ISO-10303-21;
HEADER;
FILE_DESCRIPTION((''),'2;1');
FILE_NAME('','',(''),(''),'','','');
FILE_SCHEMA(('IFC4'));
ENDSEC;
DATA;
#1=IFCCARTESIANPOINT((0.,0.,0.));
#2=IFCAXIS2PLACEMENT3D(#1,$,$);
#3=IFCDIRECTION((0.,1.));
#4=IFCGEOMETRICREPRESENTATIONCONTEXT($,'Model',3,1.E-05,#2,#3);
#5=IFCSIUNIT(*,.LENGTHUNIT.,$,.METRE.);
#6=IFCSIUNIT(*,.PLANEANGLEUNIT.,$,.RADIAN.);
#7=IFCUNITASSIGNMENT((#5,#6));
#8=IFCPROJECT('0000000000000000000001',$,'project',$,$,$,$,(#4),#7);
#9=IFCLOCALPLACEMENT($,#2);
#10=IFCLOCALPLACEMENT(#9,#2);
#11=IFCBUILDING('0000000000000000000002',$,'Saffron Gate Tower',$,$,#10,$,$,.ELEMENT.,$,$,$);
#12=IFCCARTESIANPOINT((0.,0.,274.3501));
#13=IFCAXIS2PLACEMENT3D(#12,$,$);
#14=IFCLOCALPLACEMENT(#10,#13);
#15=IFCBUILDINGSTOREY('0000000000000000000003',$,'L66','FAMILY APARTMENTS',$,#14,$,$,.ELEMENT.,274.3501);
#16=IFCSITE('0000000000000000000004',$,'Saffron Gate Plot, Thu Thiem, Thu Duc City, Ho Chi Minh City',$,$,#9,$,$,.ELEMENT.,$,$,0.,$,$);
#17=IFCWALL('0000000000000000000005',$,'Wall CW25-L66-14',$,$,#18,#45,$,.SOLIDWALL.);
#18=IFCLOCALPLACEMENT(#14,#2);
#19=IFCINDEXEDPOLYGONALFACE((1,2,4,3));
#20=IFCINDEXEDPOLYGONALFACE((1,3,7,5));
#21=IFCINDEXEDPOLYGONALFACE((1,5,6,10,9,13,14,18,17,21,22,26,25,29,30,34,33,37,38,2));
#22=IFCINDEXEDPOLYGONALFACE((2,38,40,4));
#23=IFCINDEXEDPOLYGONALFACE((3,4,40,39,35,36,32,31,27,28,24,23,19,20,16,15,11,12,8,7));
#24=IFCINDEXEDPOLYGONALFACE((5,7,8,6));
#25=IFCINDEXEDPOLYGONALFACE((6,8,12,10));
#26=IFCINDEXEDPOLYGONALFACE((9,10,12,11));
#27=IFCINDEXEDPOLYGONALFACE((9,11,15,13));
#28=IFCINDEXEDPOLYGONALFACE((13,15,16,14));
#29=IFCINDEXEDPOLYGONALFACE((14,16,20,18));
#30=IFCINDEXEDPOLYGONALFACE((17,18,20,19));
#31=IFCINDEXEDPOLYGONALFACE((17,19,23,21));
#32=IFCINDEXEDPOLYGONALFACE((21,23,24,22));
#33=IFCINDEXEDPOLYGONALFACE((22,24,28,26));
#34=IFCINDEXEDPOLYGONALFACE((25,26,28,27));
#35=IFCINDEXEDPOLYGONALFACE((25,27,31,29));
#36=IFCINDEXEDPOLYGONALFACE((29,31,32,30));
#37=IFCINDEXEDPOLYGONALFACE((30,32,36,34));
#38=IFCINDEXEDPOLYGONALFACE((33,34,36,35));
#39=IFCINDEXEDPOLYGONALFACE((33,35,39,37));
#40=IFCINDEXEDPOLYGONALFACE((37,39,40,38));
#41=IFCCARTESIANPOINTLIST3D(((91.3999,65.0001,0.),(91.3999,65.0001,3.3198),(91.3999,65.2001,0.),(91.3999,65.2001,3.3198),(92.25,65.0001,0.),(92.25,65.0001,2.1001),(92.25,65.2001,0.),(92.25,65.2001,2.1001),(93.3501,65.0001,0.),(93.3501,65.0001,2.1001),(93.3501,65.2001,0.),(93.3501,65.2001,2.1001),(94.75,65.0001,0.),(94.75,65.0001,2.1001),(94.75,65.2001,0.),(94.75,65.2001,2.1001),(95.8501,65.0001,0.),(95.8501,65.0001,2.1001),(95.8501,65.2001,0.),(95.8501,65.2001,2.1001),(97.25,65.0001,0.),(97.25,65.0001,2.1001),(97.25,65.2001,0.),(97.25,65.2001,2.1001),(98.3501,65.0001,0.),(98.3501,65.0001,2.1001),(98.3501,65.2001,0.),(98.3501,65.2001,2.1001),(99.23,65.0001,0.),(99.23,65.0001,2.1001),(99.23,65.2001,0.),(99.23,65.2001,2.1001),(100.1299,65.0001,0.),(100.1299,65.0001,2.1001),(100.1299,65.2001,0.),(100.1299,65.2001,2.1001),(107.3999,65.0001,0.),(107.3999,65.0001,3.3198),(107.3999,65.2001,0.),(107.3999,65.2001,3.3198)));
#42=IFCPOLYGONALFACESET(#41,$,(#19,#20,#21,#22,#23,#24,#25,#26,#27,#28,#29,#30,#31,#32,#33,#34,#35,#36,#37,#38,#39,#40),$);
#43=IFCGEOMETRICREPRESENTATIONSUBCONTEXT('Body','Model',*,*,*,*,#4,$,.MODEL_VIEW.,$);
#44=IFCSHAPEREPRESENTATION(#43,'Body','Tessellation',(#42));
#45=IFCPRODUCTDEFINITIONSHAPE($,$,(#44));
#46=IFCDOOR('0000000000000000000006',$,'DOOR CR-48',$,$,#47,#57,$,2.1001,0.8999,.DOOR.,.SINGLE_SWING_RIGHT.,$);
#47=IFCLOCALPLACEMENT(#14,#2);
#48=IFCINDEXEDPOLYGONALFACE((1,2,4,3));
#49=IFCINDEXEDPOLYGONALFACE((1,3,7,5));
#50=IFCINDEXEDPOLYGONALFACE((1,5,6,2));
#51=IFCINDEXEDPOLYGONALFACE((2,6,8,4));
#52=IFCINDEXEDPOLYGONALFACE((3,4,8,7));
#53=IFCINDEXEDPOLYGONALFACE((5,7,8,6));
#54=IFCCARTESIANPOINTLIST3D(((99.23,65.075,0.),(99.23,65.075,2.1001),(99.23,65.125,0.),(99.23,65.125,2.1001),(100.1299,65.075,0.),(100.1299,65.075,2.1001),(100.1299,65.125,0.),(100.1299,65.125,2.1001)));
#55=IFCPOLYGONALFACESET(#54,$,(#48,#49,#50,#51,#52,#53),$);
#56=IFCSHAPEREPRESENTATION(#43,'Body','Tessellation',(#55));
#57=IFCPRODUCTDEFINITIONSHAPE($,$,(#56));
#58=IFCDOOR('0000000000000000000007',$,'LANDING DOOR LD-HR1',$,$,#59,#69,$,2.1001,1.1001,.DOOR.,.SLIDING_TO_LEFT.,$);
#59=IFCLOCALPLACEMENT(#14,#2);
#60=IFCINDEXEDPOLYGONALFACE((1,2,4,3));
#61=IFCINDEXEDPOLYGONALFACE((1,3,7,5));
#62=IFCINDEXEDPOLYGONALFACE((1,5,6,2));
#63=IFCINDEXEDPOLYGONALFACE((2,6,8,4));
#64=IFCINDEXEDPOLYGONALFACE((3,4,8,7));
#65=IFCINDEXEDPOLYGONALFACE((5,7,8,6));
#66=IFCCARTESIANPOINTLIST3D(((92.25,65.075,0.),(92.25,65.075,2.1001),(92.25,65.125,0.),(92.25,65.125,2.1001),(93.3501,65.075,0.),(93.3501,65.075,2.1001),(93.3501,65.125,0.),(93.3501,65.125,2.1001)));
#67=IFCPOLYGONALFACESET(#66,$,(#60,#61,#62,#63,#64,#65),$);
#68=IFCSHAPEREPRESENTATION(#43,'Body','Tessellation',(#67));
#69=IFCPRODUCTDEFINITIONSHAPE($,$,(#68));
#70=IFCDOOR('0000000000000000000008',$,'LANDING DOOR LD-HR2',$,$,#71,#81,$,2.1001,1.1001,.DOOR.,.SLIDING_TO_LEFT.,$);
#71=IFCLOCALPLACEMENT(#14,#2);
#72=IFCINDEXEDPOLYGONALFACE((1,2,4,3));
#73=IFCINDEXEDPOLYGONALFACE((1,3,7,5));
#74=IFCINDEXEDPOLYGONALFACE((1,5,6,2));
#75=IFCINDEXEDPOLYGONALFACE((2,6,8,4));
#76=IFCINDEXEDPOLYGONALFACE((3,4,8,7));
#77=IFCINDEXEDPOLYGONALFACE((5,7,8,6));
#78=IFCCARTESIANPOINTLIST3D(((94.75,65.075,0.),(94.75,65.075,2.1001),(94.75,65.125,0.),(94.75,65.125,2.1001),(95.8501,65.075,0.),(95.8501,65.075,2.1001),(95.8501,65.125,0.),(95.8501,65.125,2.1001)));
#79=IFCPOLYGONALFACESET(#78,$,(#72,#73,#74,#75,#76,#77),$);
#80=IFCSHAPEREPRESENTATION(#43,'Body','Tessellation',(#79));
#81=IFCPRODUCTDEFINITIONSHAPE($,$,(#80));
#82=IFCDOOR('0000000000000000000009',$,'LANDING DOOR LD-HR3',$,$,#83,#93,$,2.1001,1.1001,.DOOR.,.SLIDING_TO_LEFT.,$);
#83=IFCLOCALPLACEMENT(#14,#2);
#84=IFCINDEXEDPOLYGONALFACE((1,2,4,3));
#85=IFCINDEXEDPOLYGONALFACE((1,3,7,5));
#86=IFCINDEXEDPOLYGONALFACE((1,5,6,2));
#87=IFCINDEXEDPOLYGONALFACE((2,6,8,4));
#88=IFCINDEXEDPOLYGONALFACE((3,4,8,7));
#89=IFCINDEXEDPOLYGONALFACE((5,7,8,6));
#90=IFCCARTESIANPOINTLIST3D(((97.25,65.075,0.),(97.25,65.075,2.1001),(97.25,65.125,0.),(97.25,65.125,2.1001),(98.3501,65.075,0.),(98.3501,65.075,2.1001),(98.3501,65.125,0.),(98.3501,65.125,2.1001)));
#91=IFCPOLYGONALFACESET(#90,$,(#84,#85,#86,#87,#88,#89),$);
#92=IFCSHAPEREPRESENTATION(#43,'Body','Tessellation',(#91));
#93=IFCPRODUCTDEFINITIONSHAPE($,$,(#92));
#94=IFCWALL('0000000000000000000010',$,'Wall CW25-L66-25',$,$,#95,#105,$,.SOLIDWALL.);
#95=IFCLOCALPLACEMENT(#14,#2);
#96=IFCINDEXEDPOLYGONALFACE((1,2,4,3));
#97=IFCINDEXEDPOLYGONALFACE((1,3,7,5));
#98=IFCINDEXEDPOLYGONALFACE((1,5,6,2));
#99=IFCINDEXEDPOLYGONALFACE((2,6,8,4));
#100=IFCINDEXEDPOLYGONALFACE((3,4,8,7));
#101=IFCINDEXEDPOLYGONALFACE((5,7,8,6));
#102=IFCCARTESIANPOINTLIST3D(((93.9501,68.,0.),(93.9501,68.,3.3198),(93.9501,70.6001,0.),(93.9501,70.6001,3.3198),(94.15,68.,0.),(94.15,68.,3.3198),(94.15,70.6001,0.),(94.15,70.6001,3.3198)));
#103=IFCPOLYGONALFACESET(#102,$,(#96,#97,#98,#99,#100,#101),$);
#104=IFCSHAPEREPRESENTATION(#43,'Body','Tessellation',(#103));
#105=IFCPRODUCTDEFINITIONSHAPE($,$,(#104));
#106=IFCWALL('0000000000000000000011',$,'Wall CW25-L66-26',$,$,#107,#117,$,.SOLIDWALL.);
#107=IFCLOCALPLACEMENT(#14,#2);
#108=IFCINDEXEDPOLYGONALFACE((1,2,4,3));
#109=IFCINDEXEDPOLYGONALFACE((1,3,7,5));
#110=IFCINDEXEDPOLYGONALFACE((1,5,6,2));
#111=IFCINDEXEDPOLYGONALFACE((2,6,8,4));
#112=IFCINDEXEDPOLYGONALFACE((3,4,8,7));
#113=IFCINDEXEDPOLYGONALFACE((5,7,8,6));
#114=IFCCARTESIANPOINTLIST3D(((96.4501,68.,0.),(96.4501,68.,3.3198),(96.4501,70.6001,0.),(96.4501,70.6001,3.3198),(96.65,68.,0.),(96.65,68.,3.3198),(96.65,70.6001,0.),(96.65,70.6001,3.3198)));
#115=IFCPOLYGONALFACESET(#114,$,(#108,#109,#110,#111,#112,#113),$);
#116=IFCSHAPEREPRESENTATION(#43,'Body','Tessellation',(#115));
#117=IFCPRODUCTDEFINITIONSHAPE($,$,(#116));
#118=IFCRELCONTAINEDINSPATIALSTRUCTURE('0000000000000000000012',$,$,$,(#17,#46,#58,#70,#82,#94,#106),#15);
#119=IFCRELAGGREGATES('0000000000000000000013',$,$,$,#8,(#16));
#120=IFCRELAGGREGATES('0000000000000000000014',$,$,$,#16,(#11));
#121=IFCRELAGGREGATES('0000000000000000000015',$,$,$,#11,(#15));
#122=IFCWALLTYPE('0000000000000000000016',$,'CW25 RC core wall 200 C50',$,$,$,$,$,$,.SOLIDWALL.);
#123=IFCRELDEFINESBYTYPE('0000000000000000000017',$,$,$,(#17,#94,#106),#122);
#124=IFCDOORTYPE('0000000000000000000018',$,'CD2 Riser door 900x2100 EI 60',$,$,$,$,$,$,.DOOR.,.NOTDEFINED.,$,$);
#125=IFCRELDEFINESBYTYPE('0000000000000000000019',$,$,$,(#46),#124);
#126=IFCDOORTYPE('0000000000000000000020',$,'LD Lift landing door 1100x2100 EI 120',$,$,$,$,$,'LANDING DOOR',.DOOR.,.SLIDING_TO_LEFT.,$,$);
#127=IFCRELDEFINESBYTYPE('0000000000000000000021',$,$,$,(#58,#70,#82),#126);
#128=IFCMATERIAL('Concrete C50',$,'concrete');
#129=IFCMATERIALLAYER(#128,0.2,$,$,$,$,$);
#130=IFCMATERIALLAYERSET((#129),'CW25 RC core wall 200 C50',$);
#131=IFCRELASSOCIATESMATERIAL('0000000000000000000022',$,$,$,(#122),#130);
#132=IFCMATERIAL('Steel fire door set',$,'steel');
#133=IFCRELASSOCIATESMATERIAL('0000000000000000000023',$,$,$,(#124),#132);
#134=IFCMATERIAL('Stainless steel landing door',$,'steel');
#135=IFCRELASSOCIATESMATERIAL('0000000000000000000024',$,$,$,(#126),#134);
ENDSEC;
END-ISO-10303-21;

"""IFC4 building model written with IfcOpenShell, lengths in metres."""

from ifc_helpers import new_model, si_unit, direction, frame, frame_2d, origin, place, context, subcontext, project, spatial, rectangle, extrude, material, layer, layer_set, type_object, element, fill, save


model = new_model("IFC4")

# Units and contexts
model_context = context("Model", 3, precision=1e-05, world=origin(), true_north=direction((0.0, 1.0)))
body_context = subcontext(model_context, "Body", "Model", "MODEL_VIEW")
ifc_project = project(units=[si_unit("LENGTHUNIT", "METRE"), si_unit("PLANEANGLEUNIT", "RADIAN")], contexts=[model_context])

# Site, building, storey
site_placement = place(None, origin())
site = spatial("IfcSite", under=ifc_project, at=site_placement, Name="Saffron Gate Plot, Thu Thiem, Thu Duc City, Ho Chi Minh City", CompositionType="ELEMENT", RefElevation=0.0)
building_placement = place(site_placement, origin())
building = spatial("IfcBuilding", under=site, at=building_placement, Name="Saffron Gate Tower", CompositionType="ELEMENT")
storey_placement = place(building_placement, frame((0.0, 0.0, 274.3501)))
storey = spatial("IfcBuildingStorey", under=building, at=storey_placement, Name="L66", Description="FAMILY APARTMENTS", CompositionType="ELEMENT", Elevation=274.3501)

# Shared definitions
ifc_material_1 = material(Name="Concrete C50", Category="concrete")

# Shared definitions
ifc_material_2 = material(Name="Steel fire door set", Category="steel")

# Shared definitions
ifc_layer_1 = layer(ifc_material_1, 0.2)
ifc_layer_set_1 = layer_set([ifc_layer_1], Name="CW25 RC core wall 200 C50")
wall_type_1 = type_object("IfcWallType", Name="CW25 RC core wall 200 C50", PredefinedType="SOLIDWALL", material=ifc_layer_set_1)

# Wall, openings, doors
wall_1_placement = place(storey_placement, frame((91.3999, 65.1001, 0.0), z_axis=(0.0, 0.0, 1.0), x_axis=(1.0, 0.0, 0.0)))
wall_1 = element("IfcWall", 1, at=wall_1_placement, inside=storey, type_object=wall_type_1, Name="Wall CW25-L66-14", PredefinedType="SOLIDWALL", context=body_context, shape_type="SweptSolid", body=[
    extrude(rectangle(XDim=16.0, YDim=0.2, at=frame_2d((8.0, 0.0))), origin(), (0.0, 0.0, 1.0), 3.3198),
])
opening_1_placement = place(wall_1_placement, frame((0.8501, 0.0, 0.0)))
opening_1 = element("IfcOpeningElement", 2, at=opening_1_placement, cuts=wall_1, PredefinedType="OPENING", context=body_context, shape_type="SweptSolid", body=[
    extrude(rectangle(XDim=1.1001, YDim=2.1001, at=frame_2d((0.55, 1.05))), frame((0.0, 0.1099, 0.0), z_axis=(0.0, -1.0, 0.0), x_axis=(1.0, 0.0, 0.0)), (0.0, 0.0, 1.0), 0.22),
])
opening_2_placement = place(wall_1_placement, frame((3.3501, 0.0, 0.0)))
opening_2 = element("IfcOpeningElement", 3, at=opening_2_placement, cuts=wall_1, PredefinedType="OPENING", context=body_context, shape_type="SweptSolid", body=[
    extrude(rectangle(XDim=1.1001, YDim=2.1001, at=frame_2d((0.55, 1.05))), frame((0.0, 0.1099, 0.0), z_axis=(0.0, -1.0, 0.0), x_axis=(1.0, 0.0, 0.0)), (0.0, 0.0, 1.0), 0.22),
])
opening_3_placement = place(wall_1_placement, frame((5.8501, 0.0, 0.0)))
opening_3 = element("IfcOpeningElement", 4, at=opening_3_placement, cuts=wall_1, PredefinedType="OPENING", context=body_context, shape_type="SweptSolid", body=[
    extrude(rectangle(XDim=1.1001, YDim=2.1001, at=frame_2d((0.55, 1.05))), frame((0.0, 0.1099, 0.0), z_axis=(0.0, -1.0, 0.0), x_axis=(1.0, 0.0, 0.0)), (0.0, 0.0, 1.0), 0.22),
])
opening_4_placement = place(wall_1_placement, frame((7.8301, 0.0, 0.0)))
opening_4 = element("IfcOpeningElement", 5, at=opening_4_placement, cuts=wall_1, PredefinedType="OPENING", context=body_context, shape_type="SweptSolid", body=[
    extrude(rectangle(XDim=0.8999, YDim=2.1001, at=frame_2d((0.45, 1.05))), frame((0.0, 0.1099, 0.0), z_axis=(0.0, -1.0, 0.0), x_axis=(1.0, 0.0, 0.0)), (0.0, 0.0, 1.0), 0.22),
])
door_type_1 = type_object("IfcDoorType", Name="CD2 Riser door 900x2100 EI 60", OperationType="NOTDEFINED", PredefinedType="DOOR", material=ifc_material_2)
door_1_placement = place(opening_4_placement, origin())
door_1 = element("IfcDoor", 6, at=door_1_placement, inside=storey, type_object=door_type_1, Name="DOOR CR-48", OperationType="SINGLE_SWING_RIGHT", OverallHeight=2.1001, OverallWidth=0.8999, PredefinedType="DOOR", context=body_context, shape_type="SweptSolid", body=[
    extrude(rectangle(XDim=0.8999, YDim=2.1001, at=frame_2d((0.45, 1.05))), frame((0.0, 0.0249, 0.0), z_axis=(0.0, -1.0, 0.0), x_axis=(1.0, 0.0, 0.0)), (0.0, 0.0, 1.0), 0.05),
])
fill(opening_4, door_1)
ifc_material_3 = material(Name="Stainless steel landing door", Category="steel")
door_type_2 = type_object("IfcDoorType", Name="LD Lift landing door 1100x2100 EI 120", ElementType="LANDING DOOR", OperationType="SLIDING_TO_LEFT", PredefinedType="DOOR", material=ifc_material_3)
door_2_placement = place(opening_1_placement, origin())
door_2 = element("IfcDoor", 7, at=door_2_placement, inside=storey, type_object=door_type_2, Name="LANDING DOOR LD-HR1", OperationType="SLIDING_TO_LEFT", OverallHeight=2.1001, OverallWidth=1.1001, PredefinedType="DOOR", context=body_context, shape_type="SweptSolid", body=[
    extrude(rectangle(XDim=1.1001, YDim=2.1001, at=frame_2d((0.55, 1.05))), frame((0.0, 0.0249, 0.0), z_axis=(0.0, -1.0, 0.0), x_axis=(1.0, 0.0, 0.0)), (0.0, 0.0, 1.0), 0.05),
])
fill(opening_1, door_2)
door_3_placement = place(opening_2_placement, origin())
door_3 = element("IfcDoor", 8, at=door_3_placement, inside=storey, type_object=door_type_2, Name="LANDING DOOR LD-HR2", OperationType="SLIDING_TO_LEFT", OverallHeight=2.1001, OverallWidth=1.1001, PredefinedType="DOOR", context=body_context, shape_type="SweptSolid", body=[
    extrude(rectangle(XDim=1.1001, YDim=2.1001, at=frame_2d((0.55, 1.05))), frame((0.0, 0.0249, 0.0), z_axis=(0.0, -1.0, 0.0), x_axis=(1.0, 0.0, 0.0)), (0.0, 0.0, 1.0), 0.05),
])
fill(opening_2, door_3)
door_4_placement = place(opening_3_placement, origin())
door_4 = element("IfcDoor", 9, at=door_4_placement, inside=storey, type_object=door_type_2, Name="LANDING DOOR LD-HR3", OperationType="SLIDING_TO_LEFT", OverallHeight=2.1001, OverallWidth=1.1001, PredefinedType="DOOR", context=body_context, shape_type="SweptSolid", body=[
    extrude(rectangle(XDim=1.1001, YDim=2.1001, at=frame_2d((0.55, 1.05))), frame((0.0, 0.0249, 0.0), z_axis=(0.0, -1.0, 0.0), x_axis=(1.0, 0.0, 0.0)), (0.0, 0.0, 1.0), 0.05),
])
fill(opening_3, door_4)

# Walls
for number, where, z_axis, x_axis, name in (
    (10, (94.05, 68.0, 0.0), (0.0, 0.0, 1.0), (0.0, 1.0, 0.0), "Wall CW25-L66-25"),
    (11, (96.55, 68.0, 0.0), (0.0, 0.0, 1.0), (0.0, 1.0, 0.0), "Wall CW25-L66-26"),
):
    element("IfcWall", number, at=place(storey_placement, frame(where, z_axis=z_axis, x_axis=x_axis)), inside=storey, type_object=wall_type_1, Name=name, PredefinedType="SOLIDWALL", context=body_context, shape_type="SweptSolid", body=[
        extrude(rectangle(XDim=2.6001, YDim=0.2, at=frame_2d((1.3, 0.0))), origin(), (0.0, 0.0, 1.0), 3.3198),
    ])

save(model, "model.ifc")
